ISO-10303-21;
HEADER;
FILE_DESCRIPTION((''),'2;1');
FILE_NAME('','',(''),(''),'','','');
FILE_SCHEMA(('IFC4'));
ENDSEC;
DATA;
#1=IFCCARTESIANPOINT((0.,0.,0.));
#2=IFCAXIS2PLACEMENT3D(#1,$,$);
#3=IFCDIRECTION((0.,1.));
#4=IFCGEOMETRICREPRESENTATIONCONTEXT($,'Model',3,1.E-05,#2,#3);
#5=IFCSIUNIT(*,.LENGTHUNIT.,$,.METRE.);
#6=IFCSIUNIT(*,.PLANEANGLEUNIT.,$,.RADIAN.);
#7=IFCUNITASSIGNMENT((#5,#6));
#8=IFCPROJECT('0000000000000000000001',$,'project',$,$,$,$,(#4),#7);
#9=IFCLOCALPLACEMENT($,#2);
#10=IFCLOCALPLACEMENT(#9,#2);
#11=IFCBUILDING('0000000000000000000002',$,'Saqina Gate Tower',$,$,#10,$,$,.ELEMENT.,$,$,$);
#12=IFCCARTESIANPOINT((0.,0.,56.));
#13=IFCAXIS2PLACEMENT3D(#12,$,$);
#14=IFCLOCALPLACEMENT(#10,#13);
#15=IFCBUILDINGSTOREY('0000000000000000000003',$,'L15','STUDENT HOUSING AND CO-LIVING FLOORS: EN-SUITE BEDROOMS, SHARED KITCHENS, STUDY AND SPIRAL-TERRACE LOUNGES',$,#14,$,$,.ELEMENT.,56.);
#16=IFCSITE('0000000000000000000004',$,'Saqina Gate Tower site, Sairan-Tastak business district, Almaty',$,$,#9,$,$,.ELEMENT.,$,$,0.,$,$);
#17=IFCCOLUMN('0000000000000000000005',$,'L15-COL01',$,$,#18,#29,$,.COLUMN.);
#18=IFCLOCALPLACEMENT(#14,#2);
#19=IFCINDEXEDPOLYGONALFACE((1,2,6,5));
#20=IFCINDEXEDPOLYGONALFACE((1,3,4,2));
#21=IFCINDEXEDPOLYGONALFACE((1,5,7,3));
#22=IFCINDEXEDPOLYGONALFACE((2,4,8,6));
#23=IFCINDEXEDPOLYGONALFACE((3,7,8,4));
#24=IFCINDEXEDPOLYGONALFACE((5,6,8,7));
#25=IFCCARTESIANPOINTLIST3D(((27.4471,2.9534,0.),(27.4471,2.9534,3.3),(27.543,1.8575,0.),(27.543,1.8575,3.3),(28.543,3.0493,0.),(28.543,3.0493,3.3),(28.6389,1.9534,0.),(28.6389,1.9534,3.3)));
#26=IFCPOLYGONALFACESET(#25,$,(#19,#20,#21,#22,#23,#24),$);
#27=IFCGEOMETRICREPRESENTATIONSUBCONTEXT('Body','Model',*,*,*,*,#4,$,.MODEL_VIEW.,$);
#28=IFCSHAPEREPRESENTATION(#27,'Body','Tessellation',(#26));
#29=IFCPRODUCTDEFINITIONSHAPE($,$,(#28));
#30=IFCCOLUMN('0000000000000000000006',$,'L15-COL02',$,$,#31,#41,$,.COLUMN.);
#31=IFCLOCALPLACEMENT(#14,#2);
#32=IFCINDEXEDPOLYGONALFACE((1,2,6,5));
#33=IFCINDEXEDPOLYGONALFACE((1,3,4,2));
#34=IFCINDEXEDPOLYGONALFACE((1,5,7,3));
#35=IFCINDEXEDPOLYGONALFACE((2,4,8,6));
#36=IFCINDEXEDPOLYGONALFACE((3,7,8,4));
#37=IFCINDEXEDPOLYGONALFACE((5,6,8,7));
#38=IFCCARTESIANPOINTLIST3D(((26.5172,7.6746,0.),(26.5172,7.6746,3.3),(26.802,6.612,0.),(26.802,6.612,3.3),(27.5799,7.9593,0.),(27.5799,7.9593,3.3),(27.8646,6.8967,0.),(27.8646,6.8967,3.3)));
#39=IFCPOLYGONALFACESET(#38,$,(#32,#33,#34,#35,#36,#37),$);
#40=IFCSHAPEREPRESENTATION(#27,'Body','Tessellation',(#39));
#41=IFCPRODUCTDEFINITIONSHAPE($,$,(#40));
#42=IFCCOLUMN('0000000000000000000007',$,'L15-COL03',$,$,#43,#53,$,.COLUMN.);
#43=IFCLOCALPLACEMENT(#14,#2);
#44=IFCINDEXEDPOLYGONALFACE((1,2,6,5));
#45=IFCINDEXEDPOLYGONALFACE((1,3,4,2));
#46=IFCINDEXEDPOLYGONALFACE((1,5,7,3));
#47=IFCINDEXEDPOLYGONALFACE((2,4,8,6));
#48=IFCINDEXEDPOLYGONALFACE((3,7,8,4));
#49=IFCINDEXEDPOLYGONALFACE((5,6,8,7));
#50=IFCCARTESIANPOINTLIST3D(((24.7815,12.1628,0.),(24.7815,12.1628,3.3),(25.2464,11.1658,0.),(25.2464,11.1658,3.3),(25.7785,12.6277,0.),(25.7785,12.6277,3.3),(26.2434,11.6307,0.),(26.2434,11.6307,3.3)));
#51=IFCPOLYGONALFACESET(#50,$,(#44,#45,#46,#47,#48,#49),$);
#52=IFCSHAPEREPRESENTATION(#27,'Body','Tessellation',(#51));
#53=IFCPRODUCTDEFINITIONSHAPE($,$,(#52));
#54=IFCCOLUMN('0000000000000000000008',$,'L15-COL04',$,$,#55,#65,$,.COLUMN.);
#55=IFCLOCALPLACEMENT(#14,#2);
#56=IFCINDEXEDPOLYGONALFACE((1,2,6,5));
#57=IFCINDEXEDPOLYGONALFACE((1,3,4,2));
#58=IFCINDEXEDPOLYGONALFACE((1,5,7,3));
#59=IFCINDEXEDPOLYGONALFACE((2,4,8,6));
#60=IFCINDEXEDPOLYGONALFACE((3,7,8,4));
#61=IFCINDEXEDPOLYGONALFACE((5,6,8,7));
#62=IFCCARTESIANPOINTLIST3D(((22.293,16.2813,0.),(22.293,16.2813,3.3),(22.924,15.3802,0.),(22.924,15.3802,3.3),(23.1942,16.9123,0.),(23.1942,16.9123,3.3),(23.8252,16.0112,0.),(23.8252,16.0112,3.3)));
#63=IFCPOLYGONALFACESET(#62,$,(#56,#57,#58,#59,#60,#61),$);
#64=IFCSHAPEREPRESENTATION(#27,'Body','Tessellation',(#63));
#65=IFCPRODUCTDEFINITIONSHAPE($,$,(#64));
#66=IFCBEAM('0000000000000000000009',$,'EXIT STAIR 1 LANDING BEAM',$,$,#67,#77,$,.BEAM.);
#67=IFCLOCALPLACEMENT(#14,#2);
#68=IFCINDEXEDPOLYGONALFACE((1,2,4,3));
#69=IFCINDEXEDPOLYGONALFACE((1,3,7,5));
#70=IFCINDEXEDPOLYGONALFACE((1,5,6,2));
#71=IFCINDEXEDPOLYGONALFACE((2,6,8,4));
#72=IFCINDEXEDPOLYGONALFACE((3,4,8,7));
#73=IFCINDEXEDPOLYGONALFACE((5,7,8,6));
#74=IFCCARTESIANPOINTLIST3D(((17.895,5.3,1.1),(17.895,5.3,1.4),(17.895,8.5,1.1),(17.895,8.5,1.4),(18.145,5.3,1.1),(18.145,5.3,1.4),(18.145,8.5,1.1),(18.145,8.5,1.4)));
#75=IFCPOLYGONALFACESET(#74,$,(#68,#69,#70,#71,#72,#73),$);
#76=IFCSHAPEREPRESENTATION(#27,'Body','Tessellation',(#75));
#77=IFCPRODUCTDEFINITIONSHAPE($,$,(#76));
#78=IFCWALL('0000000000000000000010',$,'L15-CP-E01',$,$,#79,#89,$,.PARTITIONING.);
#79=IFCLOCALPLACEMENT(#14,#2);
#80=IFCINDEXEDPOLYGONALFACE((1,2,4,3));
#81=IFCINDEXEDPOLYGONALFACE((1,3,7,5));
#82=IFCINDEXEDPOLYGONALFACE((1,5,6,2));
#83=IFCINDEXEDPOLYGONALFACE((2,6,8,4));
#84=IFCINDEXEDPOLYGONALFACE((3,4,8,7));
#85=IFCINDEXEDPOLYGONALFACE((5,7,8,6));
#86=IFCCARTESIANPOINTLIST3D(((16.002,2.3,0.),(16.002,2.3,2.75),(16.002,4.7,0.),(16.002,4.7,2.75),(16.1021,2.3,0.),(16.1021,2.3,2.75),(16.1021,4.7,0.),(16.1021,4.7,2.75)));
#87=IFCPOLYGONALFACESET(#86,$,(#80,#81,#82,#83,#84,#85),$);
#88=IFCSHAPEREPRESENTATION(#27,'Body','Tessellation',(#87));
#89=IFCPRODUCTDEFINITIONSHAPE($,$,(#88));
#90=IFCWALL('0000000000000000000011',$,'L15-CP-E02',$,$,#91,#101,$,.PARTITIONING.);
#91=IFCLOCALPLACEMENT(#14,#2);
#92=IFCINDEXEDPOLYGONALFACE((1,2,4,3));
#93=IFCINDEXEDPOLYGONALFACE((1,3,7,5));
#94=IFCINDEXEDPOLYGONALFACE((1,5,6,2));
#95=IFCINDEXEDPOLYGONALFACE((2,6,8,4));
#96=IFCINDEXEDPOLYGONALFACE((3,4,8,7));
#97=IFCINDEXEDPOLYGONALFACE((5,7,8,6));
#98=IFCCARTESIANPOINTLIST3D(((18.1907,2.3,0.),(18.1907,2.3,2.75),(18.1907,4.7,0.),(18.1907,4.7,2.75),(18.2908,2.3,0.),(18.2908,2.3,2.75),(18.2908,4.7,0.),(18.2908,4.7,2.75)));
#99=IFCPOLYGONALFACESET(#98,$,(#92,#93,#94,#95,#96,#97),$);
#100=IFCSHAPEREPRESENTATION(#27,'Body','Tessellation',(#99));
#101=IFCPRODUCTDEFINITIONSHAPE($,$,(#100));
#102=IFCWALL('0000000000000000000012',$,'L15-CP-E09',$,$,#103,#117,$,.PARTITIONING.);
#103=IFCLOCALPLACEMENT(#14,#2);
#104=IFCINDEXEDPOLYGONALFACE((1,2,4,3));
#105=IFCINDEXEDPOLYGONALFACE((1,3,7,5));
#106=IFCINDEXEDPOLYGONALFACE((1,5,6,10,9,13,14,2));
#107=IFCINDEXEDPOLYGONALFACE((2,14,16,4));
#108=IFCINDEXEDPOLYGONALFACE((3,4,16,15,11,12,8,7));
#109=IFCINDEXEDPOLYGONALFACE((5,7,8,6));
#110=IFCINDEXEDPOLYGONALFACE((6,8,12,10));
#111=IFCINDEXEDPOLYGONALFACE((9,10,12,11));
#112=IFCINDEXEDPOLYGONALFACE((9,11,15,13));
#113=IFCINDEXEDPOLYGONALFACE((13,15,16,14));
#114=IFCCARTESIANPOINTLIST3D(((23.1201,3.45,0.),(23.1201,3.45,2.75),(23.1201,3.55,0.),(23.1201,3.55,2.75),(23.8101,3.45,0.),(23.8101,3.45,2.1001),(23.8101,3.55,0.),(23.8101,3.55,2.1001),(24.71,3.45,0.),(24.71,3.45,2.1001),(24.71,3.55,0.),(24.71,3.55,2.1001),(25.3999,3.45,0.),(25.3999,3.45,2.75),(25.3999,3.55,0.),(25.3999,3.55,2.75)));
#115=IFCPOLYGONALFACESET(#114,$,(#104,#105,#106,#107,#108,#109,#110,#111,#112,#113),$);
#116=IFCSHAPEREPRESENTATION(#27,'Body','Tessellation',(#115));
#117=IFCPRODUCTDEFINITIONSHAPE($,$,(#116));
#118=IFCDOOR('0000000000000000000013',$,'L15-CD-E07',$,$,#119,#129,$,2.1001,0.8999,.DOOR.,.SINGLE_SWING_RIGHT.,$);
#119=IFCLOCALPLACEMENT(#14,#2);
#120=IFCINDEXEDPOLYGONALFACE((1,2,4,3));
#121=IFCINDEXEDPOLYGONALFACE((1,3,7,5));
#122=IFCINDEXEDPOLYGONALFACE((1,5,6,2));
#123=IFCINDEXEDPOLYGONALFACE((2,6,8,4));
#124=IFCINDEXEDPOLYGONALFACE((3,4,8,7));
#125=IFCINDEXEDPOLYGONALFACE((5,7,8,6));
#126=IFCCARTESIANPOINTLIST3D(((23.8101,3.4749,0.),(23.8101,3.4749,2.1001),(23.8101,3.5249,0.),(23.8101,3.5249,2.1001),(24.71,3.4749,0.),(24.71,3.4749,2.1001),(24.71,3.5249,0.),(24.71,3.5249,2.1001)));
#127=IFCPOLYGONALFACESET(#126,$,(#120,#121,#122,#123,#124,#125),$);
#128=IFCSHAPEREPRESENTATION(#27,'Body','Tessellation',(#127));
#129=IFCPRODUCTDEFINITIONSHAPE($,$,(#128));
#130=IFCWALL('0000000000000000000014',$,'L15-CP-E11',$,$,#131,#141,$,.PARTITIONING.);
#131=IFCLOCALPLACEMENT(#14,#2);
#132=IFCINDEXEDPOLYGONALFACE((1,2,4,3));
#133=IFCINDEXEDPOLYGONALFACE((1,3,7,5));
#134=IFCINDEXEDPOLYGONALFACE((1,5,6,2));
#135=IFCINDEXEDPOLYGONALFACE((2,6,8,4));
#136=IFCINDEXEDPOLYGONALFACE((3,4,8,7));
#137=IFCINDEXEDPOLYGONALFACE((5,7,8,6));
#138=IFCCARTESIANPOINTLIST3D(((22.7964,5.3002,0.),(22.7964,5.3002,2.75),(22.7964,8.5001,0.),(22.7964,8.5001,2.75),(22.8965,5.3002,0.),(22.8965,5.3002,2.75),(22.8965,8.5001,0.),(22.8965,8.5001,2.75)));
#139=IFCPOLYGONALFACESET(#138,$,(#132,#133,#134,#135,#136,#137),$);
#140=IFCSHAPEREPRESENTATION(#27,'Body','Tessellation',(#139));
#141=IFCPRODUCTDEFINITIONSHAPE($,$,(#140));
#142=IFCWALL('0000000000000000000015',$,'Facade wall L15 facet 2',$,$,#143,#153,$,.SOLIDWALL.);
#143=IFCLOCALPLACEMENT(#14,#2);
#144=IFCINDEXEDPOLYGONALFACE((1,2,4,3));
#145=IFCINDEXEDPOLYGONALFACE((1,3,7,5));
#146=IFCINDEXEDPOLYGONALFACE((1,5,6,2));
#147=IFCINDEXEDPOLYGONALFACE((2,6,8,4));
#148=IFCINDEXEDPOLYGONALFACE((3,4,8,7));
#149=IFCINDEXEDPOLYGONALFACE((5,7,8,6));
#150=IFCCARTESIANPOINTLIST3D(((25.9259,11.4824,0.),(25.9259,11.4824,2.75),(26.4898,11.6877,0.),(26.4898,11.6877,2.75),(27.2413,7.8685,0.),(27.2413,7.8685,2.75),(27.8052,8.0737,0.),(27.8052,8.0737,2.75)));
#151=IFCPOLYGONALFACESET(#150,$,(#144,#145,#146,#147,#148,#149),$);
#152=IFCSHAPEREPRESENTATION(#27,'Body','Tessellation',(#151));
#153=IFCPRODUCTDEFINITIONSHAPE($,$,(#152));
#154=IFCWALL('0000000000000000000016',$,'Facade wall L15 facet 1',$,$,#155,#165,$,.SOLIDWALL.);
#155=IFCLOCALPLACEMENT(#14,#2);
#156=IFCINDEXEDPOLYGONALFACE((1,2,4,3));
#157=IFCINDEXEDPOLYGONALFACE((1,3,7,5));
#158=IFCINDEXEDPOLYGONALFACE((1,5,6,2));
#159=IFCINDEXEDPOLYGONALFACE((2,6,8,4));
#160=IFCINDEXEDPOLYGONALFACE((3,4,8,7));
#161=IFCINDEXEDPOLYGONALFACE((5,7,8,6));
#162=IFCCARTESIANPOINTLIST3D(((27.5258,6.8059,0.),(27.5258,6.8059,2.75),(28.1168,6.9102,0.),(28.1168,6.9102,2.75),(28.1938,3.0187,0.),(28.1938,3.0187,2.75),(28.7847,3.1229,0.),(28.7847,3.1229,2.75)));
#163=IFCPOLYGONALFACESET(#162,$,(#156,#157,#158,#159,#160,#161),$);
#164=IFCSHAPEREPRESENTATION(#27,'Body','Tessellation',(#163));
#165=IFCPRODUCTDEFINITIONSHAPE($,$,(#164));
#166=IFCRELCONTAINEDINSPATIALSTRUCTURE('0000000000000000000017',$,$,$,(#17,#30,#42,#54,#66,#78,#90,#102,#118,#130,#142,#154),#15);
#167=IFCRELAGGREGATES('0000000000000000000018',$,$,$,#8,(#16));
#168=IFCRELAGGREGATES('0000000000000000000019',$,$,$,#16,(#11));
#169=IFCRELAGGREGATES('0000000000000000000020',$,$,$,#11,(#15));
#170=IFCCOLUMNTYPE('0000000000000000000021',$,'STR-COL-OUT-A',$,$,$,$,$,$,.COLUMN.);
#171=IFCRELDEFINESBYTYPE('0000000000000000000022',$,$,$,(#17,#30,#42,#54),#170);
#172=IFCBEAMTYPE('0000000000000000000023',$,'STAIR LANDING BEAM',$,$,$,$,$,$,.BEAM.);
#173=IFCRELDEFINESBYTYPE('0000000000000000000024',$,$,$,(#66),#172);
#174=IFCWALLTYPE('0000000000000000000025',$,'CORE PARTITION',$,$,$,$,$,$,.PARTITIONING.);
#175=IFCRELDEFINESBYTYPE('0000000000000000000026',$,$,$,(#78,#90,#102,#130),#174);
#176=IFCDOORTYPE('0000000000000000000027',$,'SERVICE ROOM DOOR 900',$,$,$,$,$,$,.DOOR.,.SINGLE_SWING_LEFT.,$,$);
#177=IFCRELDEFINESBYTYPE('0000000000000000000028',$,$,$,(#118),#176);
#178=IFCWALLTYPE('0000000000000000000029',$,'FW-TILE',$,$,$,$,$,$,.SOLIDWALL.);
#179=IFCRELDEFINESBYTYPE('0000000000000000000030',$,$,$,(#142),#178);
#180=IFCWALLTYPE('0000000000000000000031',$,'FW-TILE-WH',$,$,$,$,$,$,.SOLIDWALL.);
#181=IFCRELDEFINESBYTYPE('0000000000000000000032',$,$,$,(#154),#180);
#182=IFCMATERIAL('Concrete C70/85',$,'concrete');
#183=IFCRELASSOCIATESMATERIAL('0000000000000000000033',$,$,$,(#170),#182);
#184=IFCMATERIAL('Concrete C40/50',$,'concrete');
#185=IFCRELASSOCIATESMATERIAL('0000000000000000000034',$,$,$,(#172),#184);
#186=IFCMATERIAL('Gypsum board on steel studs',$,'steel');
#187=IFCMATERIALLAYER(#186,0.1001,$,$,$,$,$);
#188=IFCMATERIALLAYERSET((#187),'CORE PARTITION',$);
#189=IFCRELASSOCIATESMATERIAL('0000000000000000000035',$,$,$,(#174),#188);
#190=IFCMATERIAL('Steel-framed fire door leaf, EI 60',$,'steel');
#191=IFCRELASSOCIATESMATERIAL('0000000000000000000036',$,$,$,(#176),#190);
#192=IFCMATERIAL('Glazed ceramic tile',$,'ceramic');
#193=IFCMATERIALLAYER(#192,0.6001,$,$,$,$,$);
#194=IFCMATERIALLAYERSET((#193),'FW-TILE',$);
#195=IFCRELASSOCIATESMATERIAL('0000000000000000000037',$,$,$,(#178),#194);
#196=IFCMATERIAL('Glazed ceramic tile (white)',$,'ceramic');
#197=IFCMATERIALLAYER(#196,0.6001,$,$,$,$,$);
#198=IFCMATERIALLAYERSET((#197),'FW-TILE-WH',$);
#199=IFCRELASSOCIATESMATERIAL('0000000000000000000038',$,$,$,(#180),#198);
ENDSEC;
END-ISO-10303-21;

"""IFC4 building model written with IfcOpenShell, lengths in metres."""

from ifc_helpers import new_model, si_unit, direction, frame, frame_2d, origin, origin_2d, place, context, subcontext, project, spatial, rectangle, extrude, material, layer, layer_set, material_profile, profile_set, type_object, element, fill, save


model = new_model("IFC4")

# Units and contexts
model_context = context("Model", 3, precision=1e-05, world=origin(), true_north=direction((0.0, 1.0)))
body_context = subcontext(model_context, "Body", "Model", "MODEL_VIEW")
ifc_project = project(units=[si_unit("LENGTHUNIT", "METRE"), si_unit("PLANEANGLEUNIT", "RADIAN")], contexts=[model_context])

# Site, building, storey
site_placement = place(None, origin())
site = spatial("IfcSite", under=ifc_project, at=site_placement, Name="Saqina Gate Tower site, Sairan-Tastak business district, Almaty", CompositionType="ELEMENT", RefElevation=0.0)
building_placement = place(site_placement, origin())
building = spatial("IfcBuilding", under=site, at=building_placement, Name="Saqina Gate Tower", CompositionType="ELEMENT")
storey_placement = place(building_placement, frame((0.0, 0.0, 56.0)))
storey = spatial("IfcBuildingStorey", under=building, at=storey_placement, Name="L15", Description="STUDENT HOUSING AND CO-LIVING FLOORS: EN-SUITE BEDROOMS, SHARED KITCHENS, STUDY AND SPIRAL-TERRACE LOUNGES", CompositionType="ELEMENT", Elevation=56.0)

# Columns
ifc_material_1 = material(Name="Concrete C70/85", Category="concrete")
ifc_material_profile_1 = material_profile(ifc_material_1, rectangle(XDim=1.1001, YDim=1.1001, at=origin_2d()), Name="RC 1100x1100")
ifc_profile_set_1 = profile_set([ifc_material_profile_1], Name="Concrete C70/85")
column_type = type_object("IfcColumnType", Name="STR-COL-OUT-A", PredefinedType="COLUMN", material=ifc_profile_set_1)
for number, where, z_axis, x_axis, name in (
    (1, (28.043, 2.4534, 0.0), (0.0, 0.0, 1.0), (0.996195, 0.087156, 0.0), "L15-COL01"),
    (2, (27.1909, 7.2856, 0.0), (0.0, 0.0, 1.0), (0.965926, 0.258819, 0.0), "L15-COL02"),
    (3, (25.5125, 11.8967, 0.0), (0.0, 0.0, 1.0), (0.906308, 0.422618, 0.0), "L15-COL03"),
    (4, (23.0591, 16.1462, 0.0), (0.0, 0.0, 1.0), (0.819152, 0.573576, 0.0), "L15-COL04"),
):
    element("IfcColumn", number, at=place(storey_placement, frame(where, z_axis=z_axis, x_axis=x_axis)), inside=storey, type_object=column_type, Name=name, PredefinedType="COLUMN", context=body_context, shape_type="SweptSolid", body=[
        extrude(rectangle(XDim=1.1001, YDim=1.1001, at=origin_2d()), origin(), (0.0, 0.0, 1.0), 3.3),
    ])

# Beam
ifc_material_2 = material(Name="Concrete C40/50", Category="concrete")
ifc_material_profile_2 = material_profile(ifc_material_2, rectangle(XDim=0.25, YDim=0.3, at=origin_2d()), Name="STAIR LANDING BEAM")
ifc_profile_set_2 = profile_set([ifc_material_profile_2], Name="Concrete C40/50")
beam_type = type_object("IfcBeamType", Name="STAIR LANDING BEAM", PredefinedType="BEAM", material=ifc_profile_set_2)
beam_placement = place(storey_placement, frame((18.02, 5.3, 1.25), z_axis=(0.0, 1.0, 0.0), x_axis=(-1.0, 0.0, 0.0)))
element("IfcBeam", 5, at=beam_placement, inside=storey, type_object=beam_type, Name="EXIT STAIR 1 LANDING BEAM", PredefinedType="BEAM", context=body_context, shape_type="SweptSolid", body=[
    extrude(rectangle(XDim=0.25, YDim=0.3, at=origin_2d()), origin(), (0.0, 0.0, 1.0), 3.2),
])

# Walls
ifc_material_3 = material(Name="Gypsum board on steel studs", Category="steel")
ifc_layer_1 = layer(ifc_material_3, 0.1001)
ifc_layer_set_1 = layer_set([ifc_layer_1], Name="CORE PARTITION")
wall_type_1 = type_object("IfcWallType", Name="CORE PARTITION", PredefinedType="PARTITIONING", material=ifc_layer_set_1)
for number, where, z_axis, x_axis, name in (
    (6, (16.052, 2.3, 0.0), (0.0, 0.0, 1.0), (0.0, 1.0, 0.0), "L15-CP-E01"),
    (7, (18.2407, 2.3, 0.0), (0.0, 0.0, 1.0), (0.0, 1.0, 0.0), "L15-CP-E02"),
):
    element("IfcWall", number, at=place(storey_placement, frame(where, z_axis=z_axis, x_axis=x_axis)), inside=storey, type_object=wall_type_1, Name=name, PredefinedType="PARTITIONING", context=body_context, shape_type="SweptSolid", body=[
        extrude(rectangle(XDim=2.3999, YDim=0.1001, at=frame_2d((1.2, 0.0))), origin(), (0.0, 0.0, 1.0), 2.75),
    ])

# Wall, opening, door
wall_1_placement = place(storey_placement, frame((23.1201, 3.5, 0.0), z_axis=(0.0, 0.0, 1.0), x_axis=(1.0, 0.0, 0.0)))
wall_1 = element("IfcWall", 8, at=wall_1_placement, inside=storey, type_object=wall_type_1, Name="L15-CP-E09", PredefinedType="PARTITIONING", context=body_context, shape_type="SweptSolid", body=[
    extrude(rectangle(XDim=2.2798, YDim=0.1001, at=frame_2d((1.1399, 0.0))), origin(), (0.0, 0.0, 1.0), 2.75),
])
opening_1_placement = place(wall_1_placement, frame((0.6899, 0.0, 0.0)))
opening_1 = element("IfcOpeningElement", 9, at=opening_1_placement, cuts=wall_1, PredefinedType="OPENING", context=body_context, shape_type="SweptSolid", body=[
    extrude(rectangle(XDim=0.8999, YDim=2.1001, at=frame_2d((0.45, 1.05))), frame((0.0, 0.062, 0.0), z_axis=(0.0, -1.0, 0.0), x_axis=(1.0, 0.0, 0.0)), (0.0, 0.0, 1.0), 0.124),
])
ifc_material_4 = material(Name="Steel-framed fire door leaf, EI 60", Category="steel")
door_type_1 = type_object("IfcDoorType", Name="SERVICE ROOM DOOR 900", OperationType="SINGLE_SWING_LEFT", PredefinedType="DOOR", material=ifc_material_4)
door_1_placement = place(opening_1_placement, origin())
door_1 = element("IfcDoor", 10, at=door_1_placement, inside=storey, type_object=door_type_1, Name="L15-CD-E07", OperationType="SINGLE_SWING_RIGHT", OverallHeight=2.1001, OverallWidth=0.8999, PredefinedType="DOOR", context=body_context, shape_type="SweptSolid", body=[
    extrude(rectangle(XDim=0.8999, YDim=2.1001, at=frame_2d((0.45, 1.05))), frame((0.0, 0.0249, 0.0), z_axis=(0.0, -1.0, 0.0), x_axis=(1.0, 0.0, 0.0)), (0.0, 0.0, 1.0), 0.05),
])
fill(opening_1, door_1)

# Wall
wall_2_placement = place(storey_placement, frame((22.8464, 5.3, 0.0), z_axis=(0.0, 0.0, 1.0), x_axis=(0.0, 1.0, 0.0)))
element("IfcWall", 11, at=wall_2_placement, inside=storey, type_object=wall_type_1, Name="L15-CP-E11", PredefinedType="PARTITIONING", context=body_context, shape_type="SweptSolid", body=[
    extrude(rectangle(XDim=3.2, YDim=0.1001, at=frame_2d((1.6001, 0.0))), origin(), (0.0, 0.0, 1.0), 2.75),
])

# Walls
ifc_material_5 = material(Name="Glazed ceramic tile", Category="ceramic")
ifc_layer_2 = layer(ifc_material_5, 0.6001)
ifc_layer_set_2 = layer_set([ifc_layer_2], Name="FW-TILE")
wall_type_2 = type_object("IfcWallType", Name="FW-TILE", PredefinedType="SOLIDWALL", material=ifc_layer_set_2)
wall_3_placement = place(storey_placement, frame((27.5232, 7.9712, 0.0), z_axis=(0.0, 0.0, 1.0), x_axis=(-0.342028, 0.93969, 0.0)))
element("IfcWall", 12, at=wall_3_placement, inside=storey, type_object=wall_type_2, Name="Facade wall L15 facet 2", PredefinedType="SOLIDWALL", context=body_context, shape_type="SweptSolid", body=[
    extrude(rectangle(XDim=3.8459, YDim=0.6001, at=frame_2d((1.9229, 0.0))), origin(), (0.0, 0.0, 1.0), 2.75),
])
ifc_material_6 = material(Name="Glazed ceramic tile (white)", Category="ceramic")
ifc_layer_3 = layer(ifc_material_6, 0.6001)
ifc_layer_set_3 = layer_set([ifc_layer_3], Name="FW-TILE-WH")
wall_type_3 = type_object("IfcWallType", Name="FW-TILE-WH", PredefinedType="SOLIDWALL", material=ifc_layer_set_3)
wall_4_placement = place(storey_placement, frame((28.4893, 3.0708, 0.0), z_axis=(0.0, 0.0, 1.0), x_axis=(-0.173688, 0.984801, 0.0)))
element("IfcWall", 13, at=wall_4_placement, inside=storey, type_object=wall_type_3, Name="Facade wall L15 facet 1", PredefinedType="SOLIDWALL", context=body_context, shape_type="SweptSolid", body=[
    extrude(rectangle(XDim=3.8457, YDim=0.6001, at=frame_2d((1.9229, 0.0))), origin(), (0.0, 0.0, 1.0), 2.75),
])

save(model, "model.ifc")
